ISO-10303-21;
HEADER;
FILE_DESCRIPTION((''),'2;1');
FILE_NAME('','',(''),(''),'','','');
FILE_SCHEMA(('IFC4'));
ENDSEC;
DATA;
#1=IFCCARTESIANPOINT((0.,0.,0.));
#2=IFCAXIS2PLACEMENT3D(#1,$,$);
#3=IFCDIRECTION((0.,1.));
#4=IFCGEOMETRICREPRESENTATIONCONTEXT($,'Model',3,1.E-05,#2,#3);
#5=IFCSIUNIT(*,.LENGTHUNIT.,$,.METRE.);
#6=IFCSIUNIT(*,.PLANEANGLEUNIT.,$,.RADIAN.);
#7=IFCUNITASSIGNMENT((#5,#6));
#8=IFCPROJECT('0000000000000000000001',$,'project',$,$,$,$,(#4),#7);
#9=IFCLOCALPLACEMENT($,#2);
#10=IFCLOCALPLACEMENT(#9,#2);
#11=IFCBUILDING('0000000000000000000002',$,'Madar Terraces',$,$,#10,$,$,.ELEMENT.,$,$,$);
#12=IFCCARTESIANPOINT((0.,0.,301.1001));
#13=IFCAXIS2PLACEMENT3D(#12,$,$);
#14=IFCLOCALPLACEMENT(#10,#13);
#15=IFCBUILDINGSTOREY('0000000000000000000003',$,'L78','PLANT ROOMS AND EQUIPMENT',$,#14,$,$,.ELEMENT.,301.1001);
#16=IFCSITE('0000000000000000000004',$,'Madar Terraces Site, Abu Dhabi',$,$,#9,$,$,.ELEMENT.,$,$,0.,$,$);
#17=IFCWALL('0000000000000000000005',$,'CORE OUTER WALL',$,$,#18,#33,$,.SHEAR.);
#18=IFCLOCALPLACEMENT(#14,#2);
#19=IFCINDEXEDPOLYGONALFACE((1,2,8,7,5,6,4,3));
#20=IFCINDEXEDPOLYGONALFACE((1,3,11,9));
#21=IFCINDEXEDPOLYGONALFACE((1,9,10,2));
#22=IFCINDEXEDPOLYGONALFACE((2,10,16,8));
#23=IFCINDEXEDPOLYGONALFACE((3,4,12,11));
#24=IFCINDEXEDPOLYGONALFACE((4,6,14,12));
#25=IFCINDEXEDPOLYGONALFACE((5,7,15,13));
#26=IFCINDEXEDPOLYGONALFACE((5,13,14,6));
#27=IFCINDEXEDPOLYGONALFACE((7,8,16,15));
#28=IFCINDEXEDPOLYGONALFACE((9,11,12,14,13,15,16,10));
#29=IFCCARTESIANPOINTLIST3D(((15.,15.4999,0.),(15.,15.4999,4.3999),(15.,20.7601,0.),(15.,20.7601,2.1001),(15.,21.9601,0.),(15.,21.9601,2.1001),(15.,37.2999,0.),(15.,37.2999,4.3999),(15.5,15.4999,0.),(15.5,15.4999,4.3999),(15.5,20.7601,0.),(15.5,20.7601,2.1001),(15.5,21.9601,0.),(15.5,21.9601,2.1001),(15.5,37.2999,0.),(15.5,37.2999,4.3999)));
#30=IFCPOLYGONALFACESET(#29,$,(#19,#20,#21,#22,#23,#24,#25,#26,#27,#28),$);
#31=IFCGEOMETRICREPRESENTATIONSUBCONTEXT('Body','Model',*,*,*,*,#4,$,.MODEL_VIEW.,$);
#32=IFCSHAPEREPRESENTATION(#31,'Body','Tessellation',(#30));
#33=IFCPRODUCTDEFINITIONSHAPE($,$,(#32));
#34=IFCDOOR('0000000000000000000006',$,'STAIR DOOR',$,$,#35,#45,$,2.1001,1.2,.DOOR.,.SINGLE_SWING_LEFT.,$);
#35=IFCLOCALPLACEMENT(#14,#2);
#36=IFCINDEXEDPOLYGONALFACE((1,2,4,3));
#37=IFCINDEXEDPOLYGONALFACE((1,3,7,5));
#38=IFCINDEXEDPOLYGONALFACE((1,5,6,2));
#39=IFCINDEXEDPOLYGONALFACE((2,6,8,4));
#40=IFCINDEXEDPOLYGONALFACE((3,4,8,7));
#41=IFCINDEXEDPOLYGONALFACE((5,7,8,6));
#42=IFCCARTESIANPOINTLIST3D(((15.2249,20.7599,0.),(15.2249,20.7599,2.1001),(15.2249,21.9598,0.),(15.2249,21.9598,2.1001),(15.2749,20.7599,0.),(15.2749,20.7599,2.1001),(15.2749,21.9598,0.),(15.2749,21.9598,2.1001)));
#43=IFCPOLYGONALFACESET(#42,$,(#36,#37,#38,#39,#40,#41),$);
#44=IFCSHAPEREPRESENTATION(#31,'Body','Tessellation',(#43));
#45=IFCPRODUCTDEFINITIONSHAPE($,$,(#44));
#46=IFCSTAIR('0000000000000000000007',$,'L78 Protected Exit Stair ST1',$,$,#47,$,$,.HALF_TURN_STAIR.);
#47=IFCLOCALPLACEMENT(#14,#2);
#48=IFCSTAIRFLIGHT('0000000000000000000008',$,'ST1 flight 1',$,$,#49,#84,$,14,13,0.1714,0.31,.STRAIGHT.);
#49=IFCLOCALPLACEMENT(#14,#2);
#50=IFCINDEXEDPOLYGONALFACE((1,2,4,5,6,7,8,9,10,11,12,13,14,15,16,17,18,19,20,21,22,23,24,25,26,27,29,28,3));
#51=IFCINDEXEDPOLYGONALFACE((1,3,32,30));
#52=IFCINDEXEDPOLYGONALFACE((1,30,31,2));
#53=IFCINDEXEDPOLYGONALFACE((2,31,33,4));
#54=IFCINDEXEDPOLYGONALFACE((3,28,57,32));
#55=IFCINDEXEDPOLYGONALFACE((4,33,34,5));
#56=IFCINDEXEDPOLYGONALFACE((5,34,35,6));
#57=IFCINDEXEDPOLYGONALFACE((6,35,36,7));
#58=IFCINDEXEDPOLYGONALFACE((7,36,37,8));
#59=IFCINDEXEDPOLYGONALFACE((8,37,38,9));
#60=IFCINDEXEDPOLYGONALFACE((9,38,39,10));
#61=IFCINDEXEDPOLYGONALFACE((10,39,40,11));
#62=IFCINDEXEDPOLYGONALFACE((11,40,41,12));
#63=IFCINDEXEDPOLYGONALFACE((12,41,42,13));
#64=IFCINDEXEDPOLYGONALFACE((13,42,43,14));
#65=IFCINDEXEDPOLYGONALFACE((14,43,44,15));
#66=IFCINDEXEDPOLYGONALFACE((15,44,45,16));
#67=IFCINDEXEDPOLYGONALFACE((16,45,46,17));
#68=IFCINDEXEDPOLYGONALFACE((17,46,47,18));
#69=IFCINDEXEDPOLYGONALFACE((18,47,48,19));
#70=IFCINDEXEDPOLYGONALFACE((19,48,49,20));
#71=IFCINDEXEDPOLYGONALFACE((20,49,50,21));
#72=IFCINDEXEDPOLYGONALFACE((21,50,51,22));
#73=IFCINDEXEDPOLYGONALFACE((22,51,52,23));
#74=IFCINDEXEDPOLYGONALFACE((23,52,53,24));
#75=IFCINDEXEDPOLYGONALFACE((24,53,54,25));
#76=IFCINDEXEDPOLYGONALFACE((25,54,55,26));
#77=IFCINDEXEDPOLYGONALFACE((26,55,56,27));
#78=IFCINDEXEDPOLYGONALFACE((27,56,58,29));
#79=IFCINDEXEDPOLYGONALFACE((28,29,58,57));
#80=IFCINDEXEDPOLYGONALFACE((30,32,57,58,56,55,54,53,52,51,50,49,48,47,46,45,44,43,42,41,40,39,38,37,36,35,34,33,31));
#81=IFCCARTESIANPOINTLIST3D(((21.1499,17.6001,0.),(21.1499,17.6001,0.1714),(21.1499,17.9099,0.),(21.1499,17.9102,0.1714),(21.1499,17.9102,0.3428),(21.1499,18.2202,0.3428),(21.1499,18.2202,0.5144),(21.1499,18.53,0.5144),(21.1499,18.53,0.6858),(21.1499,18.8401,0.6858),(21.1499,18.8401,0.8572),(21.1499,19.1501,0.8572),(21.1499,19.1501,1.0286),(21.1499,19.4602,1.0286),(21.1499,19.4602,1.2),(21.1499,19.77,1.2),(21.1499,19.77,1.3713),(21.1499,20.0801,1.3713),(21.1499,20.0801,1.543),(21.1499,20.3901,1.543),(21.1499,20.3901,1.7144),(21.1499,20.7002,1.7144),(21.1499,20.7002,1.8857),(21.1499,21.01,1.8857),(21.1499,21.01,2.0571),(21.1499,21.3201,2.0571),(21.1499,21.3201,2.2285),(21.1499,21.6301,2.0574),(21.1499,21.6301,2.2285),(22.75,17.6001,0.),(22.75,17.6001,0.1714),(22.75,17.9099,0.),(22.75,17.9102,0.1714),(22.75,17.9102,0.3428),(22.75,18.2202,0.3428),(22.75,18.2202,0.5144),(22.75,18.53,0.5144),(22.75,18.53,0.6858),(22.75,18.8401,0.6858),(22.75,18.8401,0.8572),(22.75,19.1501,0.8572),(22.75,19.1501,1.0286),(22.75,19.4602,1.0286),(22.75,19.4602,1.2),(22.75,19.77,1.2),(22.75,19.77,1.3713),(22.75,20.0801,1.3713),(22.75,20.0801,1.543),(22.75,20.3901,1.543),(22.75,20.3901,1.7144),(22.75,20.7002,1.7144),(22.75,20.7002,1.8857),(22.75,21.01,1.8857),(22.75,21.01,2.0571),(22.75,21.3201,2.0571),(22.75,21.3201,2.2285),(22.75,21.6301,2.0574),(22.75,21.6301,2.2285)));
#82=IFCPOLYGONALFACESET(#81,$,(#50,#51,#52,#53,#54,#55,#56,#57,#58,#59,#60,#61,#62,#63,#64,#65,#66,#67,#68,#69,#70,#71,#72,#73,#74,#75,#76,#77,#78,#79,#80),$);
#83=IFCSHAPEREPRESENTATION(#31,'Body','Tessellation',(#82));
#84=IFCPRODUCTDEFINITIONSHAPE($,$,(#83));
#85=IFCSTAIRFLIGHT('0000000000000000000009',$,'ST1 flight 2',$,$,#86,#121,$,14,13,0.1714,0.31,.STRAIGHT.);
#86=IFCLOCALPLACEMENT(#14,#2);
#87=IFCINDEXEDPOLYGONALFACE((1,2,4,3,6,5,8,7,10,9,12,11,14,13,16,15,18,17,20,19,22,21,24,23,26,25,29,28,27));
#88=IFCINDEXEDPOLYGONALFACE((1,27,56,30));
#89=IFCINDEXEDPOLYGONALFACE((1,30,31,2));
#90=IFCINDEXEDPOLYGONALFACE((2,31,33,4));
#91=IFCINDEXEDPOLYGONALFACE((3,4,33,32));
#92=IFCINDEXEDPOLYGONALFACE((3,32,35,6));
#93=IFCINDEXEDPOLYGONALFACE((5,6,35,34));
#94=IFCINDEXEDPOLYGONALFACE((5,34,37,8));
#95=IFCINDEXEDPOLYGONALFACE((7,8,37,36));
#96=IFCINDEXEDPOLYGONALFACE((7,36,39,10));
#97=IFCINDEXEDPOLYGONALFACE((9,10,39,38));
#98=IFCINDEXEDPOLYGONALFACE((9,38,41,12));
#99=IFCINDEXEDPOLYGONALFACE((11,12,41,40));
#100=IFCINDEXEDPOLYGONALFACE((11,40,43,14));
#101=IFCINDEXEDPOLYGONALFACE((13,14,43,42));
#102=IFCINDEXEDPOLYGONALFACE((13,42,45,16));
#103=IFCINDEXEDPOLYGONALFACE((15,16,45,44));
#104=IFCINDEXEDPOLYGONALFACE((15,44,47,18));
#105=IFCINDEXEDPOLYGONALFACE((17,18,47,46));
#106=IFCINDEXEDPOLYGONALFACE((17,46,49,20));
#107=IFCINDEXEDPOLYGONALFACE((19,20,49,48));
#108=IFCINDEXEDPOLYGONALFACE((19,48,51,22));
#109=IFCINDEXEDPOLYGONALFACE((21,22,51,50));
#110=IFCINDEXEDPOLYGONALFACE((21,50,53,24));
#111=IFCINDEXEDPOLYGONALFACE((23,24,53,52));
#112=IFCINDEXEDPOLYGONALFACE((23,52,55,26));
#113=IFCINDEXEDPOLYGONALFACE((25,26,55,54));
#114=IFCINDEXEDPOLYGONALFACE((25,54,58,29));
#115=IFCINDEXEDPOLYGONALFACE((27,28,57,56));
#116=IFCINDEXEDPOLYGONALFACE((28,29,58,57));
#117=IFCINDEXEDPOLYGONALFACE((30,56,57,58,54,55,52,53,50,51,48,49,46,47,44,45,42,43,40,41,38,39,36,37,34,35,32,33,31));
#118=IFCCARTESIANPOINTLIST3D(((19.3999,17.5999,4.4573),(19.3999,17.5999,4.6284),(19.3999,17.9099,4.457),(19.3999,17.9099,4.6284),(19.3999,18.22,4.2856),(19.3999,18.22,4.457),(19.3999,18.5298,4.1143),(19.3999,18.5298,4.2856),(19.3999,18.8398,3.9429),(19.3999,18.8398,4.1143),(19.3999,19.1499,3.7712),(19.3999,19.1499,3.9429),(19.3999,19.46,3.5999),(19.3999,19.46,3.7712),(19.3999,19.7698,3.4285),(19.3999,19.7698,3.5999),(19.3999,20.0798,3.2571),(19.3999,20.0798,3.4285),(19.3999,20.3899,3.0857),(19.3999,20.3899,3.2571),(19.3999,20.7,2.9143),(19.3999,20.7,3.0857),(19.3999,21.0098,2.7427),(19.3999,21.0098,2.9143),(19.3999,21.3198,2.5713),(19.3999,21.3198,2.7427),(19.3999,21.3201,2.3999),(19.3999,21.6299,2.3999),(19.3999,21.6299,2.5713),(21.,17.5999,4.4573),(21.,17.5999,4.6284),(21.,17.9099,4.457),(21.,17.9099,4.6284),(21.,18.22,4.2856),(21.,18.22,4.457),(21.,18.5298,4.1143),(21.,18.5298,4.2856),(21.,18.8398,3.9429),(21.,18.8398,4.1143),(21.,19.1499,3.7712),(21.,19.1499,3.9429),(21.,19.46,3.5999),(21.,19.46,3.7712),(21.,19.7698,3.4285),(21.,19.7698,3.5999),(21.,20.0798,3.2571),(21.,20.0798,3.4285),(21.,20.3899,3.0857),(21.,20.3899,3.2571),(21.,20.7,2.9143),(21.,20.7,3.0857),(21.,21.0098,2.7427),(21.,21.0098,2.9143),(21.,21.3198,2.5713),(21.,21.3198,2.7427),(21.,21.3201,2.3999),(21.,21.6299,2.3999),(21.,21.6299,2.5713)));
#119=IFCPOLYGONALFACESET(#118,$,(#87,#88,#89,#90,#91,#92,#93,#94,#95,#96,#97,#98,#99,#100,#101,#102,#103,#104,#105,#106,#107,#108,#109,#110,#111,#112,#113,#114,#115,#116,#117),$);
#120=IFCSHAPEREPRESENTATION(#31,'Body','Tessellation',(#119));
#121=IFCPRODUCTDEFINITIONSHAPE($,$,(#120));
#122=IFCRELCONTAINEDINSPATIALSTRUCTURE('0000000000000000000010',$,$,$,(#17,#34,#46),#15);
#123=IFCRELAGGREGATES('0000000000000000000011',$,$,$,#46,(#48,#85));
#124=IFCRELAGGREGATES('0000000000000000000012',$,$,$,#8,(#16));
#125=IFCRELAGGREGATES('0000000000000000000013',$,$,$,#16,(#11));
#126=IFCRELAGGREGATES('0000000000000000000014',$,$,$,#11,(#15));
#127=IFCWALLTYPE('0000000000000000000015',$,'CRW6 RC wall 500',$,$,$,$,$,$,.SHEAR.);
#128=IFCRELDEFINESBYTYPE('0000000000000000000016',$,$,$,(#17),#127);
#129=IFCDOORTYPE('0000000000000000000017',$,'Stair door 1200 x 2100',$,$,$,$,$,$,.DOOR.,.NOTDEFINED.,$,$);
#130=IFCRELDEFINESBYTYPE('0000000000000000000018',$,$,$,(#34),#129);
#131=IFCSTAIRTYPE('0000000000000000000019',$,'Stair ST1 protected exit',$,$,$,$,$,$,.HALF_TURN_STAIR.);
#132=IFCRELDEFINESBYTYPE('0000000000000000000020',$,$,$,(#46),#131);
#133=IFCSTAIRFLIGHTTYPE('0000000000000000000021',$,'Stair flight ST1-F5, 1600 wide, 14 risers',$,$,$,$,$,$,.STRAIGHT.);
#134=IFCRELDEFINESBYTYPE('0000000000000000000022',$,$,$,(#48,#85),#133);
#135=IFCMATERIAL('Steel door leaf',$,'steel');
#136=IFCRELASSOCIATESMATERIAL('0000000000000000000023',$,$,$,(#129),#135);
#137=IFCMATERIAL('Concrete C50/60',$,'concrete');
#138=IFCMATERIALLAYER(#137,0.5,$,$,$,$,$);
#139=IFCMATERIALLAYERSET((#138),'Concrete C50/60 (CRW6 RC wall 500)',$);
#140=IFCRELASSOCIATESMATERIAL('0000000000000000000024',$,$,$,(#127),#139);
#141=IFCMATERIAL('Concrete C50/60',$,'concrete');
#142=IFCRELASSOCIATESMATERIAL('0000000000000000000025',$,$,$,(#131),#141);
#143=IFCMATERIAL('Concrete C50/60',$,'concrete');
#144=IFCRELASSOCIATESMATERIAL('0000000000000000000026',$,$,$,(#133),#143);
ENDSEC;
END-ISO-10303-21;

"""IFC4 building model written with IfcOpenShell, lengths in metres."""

from ifc_helpers import new_model, si_unit, direction, frame, frame_2d, origin, place, context, subcontext, project, spatial, polyline, rectangle, outline, extrude, material, layer, layer_set, type_object, element, fill, aggregate, save


model = new_model("IFC4")

# Units and contexts
model_context = context("Model", 3, precision=1e-05, world=origin(), true_north=direction((0.0, 1.0)))
body_context = subcontext(model_context, "Body", "Model", "MODEL_VIEW")
ifc_project = project(units=[si_unit("LENGTHUNIT", "METRE"), si_unit("PLANEANGLEUNIT", "RADIAN")], contexts=[model_context])

# Site, building, storey
site_placement = place(None, origin())
site = spatial("IfcSite", under=ifc_project, at=site_placement, Name="Madar Terraces Site, Abu Dhabi", CompositionType="ELEMENT", RefElevation=0.0)
building_placement = place(site_placement, origin())
building = spatial("IfcBuilding", under=site, at=building_placement, Name="Madar Terraces", CompositionType="ELEMENT")
storey_placement = place(building_placement, frame((0.0, 0.0, 301.1001)))
storey = spatial("IfcBuildingStorey", under=building, at=storey_placement, Name="L78", Description="PLANT ROOMS AND EQUIPMENT", CompositionType="ELEMENT", Elevation=301.1001)

# Shared definitions
ifc_material_1 = material(Name="Steel door leaf", Category="steel")
door_type_1 = type_object("IfcDoorType", Name="Stair door 1200 x 2100", OperationType="NOTDEFINED", PredefinedType="DOOR", material=ifc_material_1)

# Wall, opening, door
ifc_material_2 = material(Name="Concrete C50/60", Category="concrete")
ifc_layer_1 = layer(ifc_material_2, 0.5)
ifc_layer_set_1 = layer_set([ifc_layer_1], Name="Concrete C50/60 (CRW6 RC wall 500)")
wall_type_1 = type_object("IfcWallType", Name="CRW6 RC wall 500", PredefinedType="SHEAR", material=ifc_layer_set_1)
wall_1_placement = place(storey_placement, frame((15.25, 15.5, 0.0), z_axis=(0.0, 0.0, 1.0), x_axis=(0.0, 1.0, 0.0)))
wall_1 = element("IfcWall", 1, at=wall_1_placement, inside=storey, type_object=wall_type_1, Name="CORE OUTER WALL", PredefinedType="SHEAR", context=body_context, shape_type="SweptSolid", body=[
    extrude(rectangle(XDim=21.8, YDim=0.5, at=frame_2d((10.8999, 0.0))), origin(), (0.0, 0.0, 1.0), 4.3999),
])
opening_1_placement = place(wall_1_placement, frame((5.26, 0.0, 0.0)))
opening_1 = element("IfcOpeningElement", 2, at=opening_1_placement, cuts=wall_1, PredefinedType="OPENING", context=body_context, shape_type="SweptSolid", body=[
    extrude(rectangle(XDim=1.2, YDim=2.1001, at=frame_2d((0.6001, 1.05))), frame((0.0, 0.26, 0.0), z_axis=(0.0, -1.0, 0.0), x_axis=(1.0, 0.0, 0.0)), (0.0, 0.0, 1.0), 0.52),
])
door_1_placement = place(opening_1_placement, frame((1.2, 0.0, 0.0), z_axis=(0.0, 0.0, 1.0), x_axis=(-1.0, 0.0, 0.0)))
door_1 = element("IfcDoor", 3, at=door_1_placement, inside=storey, type_object=door_type_1, Name="STAIR DOOR", OperationType="SINGLE_SWING_LEFT", OverallHeight=2.1001, OverallWidth=1.2, PredefinedType="DOOR", context=body_context, shape_type="SweptSolid", body=[
    extrude(rectangle(XDim=1.2, YDim=2.1001, at=frame_2d((0.6001, 1.05))), frame((0.0, 0.0249, 0.0), z_axis=(0.0, -1.0, 0.0), x_axis=(1.0, 0.0, 0.0)), (0.0, 0.0, 1.0), 0.05),
])
fill(opening_1, door_1)

# Stair, stair flights
ifc_material_3 = material(Name="Concrete C50/60", Category="concrete")
stair_type = type_object("IfcStairType", Name="Stair ST1 protected exit", PredefinedType="HALF_TURN_STAIR", material=ifc_material_3)
stair_placement = place(storey_placement, origin())
stair = element("IfcStair", 4, at=stair_placement, inside=storey, type_object=stair_type, Name="L78 Protected Exit Stair ST1", PredefinedType="HALF_TURN_STAIR")
ifc_material_4 = material(Name="Concrete C50/60", Category="concrete")
stair_flight_type = type_object("IfcStairFlightType", Name="Stair flight ST1-F5, 1600 wide, 14 risers", PredefinedType="STRAIGHT", material=ifc_material_4)
stair_flight_1_placement = place(storey_placement, frame((21.95, 17.6001, 0.0), z_axis=(0.0, 0.0, 1.0), x_axis=(0.0, 1.0, 0.0)))
stair_flight_1 = element("IfcStairFlight", 5, at=stair_flight_1_placement, type_object=stair_flight_type, Name="ST1 flight 1", NumberOfRisers=14, NumberOfTreads=13, PredefinedType="STRAIGHT", RiserHeight=0.1714, TreadLength=0.31, context=body_context, shape_type="SweptSolid", body=[
    extrude(outline(polyline([(0.0, 0.0), (0.0, 0.1714), (0.3101, 0.1714), (0.3101, 0.3428), (0.6201, 0.3428), (0.6201, 0.5144), (0.9299, 0.5144), (0.9299, 0.6858), (1.24, 0.6858), (1.24, 0.8572), (1.55, 0.8572), (1.55, 1.0286), (1.8601, 1.0286), (1.8601, 1.2), (2.1699, 1.2), (2.1699, 1.3713), (2.48, 1.3713), (2.48, 1.543), (2.79, 1.543), (2.79, 1.7144), (3.1001, 1.7144), (3.1001, 1.8857), (3.4099, 1.8857), (3.4099, 2.0571), (3.72, 2.0571), (3.72, 2.2285), (4.03, 2.2285), (4.03, 2.3999), (4.03, 2.0574), (0.3098, 0.0), (0.0, 0.0)])), frame((0.0, 0.8, 0.0), z_axis=(0.0, -1.0, 0.0), x_axis=(1.0, 0.0, 0.0)), (0.0, 0.0, 1.0), 1.6001),
])
stair_flight_2_placement = place(storey_placement, frame((20.2, 21.6299, 2.3999), z_axis=(0.0, 0.0, 1.0), x_axis=(0.0, -1.0, 0.0)))
stair_flight_2 = element("IfcStairFlight", 6, at=stair_flight_2_placement, type_object=stair_flight_type, Name="ST1 flight 2", NumberOfRisers=14, NumberOfTreads=13, PredefinedType="STRAIGHT", RiserHeight=0.1714, TreadLength=0.31, context=body_context, shape_type="SweptSolid", body=[
    extrude(outline(polyline([(0.0, 0.0), (0.0, 0.1714), (0.3101, 0.1714), (0.3101, 0.3428), (0.6201, 0.3428), (0.6201, 0.5144), (0.9299, 0.5144), (0.9299, 0.6858), (1.24, 0.6858), (1.24, 0.8572), (1.55, 0.8572), (1.55, 1.0286), (1.8601, 1.0286), (1.8601, 1.2), (2.1699, 1.2), (2.1699, 1.3713), (2.48, 1.3713), (2.48, 1.543), (2.79, 1.543), (2.79, 1.7144), (3.1001, 1.7144), (3.1001, 1.8857), (3.4099, 1.8857), (3.4099, 2.0571), (3.72, 2.0571), (3.72, 2.2285), (4.03, 2.2285), (4.03, 2.3999), (4.03, 2.0574), (0.3098, 0.0), (0.0, 0.0)])), frame((0.0, 0.8, 0.0), z_axis=(0.0, -1.0, 0.0), x_axis=(1.0, 0.0, 0.0)), (0.0, 0.0, 1.0), 1.6001),
])
aggregate(stair, [stair_flight_1, stair_flight_2])

save(model, "model.ifc")
